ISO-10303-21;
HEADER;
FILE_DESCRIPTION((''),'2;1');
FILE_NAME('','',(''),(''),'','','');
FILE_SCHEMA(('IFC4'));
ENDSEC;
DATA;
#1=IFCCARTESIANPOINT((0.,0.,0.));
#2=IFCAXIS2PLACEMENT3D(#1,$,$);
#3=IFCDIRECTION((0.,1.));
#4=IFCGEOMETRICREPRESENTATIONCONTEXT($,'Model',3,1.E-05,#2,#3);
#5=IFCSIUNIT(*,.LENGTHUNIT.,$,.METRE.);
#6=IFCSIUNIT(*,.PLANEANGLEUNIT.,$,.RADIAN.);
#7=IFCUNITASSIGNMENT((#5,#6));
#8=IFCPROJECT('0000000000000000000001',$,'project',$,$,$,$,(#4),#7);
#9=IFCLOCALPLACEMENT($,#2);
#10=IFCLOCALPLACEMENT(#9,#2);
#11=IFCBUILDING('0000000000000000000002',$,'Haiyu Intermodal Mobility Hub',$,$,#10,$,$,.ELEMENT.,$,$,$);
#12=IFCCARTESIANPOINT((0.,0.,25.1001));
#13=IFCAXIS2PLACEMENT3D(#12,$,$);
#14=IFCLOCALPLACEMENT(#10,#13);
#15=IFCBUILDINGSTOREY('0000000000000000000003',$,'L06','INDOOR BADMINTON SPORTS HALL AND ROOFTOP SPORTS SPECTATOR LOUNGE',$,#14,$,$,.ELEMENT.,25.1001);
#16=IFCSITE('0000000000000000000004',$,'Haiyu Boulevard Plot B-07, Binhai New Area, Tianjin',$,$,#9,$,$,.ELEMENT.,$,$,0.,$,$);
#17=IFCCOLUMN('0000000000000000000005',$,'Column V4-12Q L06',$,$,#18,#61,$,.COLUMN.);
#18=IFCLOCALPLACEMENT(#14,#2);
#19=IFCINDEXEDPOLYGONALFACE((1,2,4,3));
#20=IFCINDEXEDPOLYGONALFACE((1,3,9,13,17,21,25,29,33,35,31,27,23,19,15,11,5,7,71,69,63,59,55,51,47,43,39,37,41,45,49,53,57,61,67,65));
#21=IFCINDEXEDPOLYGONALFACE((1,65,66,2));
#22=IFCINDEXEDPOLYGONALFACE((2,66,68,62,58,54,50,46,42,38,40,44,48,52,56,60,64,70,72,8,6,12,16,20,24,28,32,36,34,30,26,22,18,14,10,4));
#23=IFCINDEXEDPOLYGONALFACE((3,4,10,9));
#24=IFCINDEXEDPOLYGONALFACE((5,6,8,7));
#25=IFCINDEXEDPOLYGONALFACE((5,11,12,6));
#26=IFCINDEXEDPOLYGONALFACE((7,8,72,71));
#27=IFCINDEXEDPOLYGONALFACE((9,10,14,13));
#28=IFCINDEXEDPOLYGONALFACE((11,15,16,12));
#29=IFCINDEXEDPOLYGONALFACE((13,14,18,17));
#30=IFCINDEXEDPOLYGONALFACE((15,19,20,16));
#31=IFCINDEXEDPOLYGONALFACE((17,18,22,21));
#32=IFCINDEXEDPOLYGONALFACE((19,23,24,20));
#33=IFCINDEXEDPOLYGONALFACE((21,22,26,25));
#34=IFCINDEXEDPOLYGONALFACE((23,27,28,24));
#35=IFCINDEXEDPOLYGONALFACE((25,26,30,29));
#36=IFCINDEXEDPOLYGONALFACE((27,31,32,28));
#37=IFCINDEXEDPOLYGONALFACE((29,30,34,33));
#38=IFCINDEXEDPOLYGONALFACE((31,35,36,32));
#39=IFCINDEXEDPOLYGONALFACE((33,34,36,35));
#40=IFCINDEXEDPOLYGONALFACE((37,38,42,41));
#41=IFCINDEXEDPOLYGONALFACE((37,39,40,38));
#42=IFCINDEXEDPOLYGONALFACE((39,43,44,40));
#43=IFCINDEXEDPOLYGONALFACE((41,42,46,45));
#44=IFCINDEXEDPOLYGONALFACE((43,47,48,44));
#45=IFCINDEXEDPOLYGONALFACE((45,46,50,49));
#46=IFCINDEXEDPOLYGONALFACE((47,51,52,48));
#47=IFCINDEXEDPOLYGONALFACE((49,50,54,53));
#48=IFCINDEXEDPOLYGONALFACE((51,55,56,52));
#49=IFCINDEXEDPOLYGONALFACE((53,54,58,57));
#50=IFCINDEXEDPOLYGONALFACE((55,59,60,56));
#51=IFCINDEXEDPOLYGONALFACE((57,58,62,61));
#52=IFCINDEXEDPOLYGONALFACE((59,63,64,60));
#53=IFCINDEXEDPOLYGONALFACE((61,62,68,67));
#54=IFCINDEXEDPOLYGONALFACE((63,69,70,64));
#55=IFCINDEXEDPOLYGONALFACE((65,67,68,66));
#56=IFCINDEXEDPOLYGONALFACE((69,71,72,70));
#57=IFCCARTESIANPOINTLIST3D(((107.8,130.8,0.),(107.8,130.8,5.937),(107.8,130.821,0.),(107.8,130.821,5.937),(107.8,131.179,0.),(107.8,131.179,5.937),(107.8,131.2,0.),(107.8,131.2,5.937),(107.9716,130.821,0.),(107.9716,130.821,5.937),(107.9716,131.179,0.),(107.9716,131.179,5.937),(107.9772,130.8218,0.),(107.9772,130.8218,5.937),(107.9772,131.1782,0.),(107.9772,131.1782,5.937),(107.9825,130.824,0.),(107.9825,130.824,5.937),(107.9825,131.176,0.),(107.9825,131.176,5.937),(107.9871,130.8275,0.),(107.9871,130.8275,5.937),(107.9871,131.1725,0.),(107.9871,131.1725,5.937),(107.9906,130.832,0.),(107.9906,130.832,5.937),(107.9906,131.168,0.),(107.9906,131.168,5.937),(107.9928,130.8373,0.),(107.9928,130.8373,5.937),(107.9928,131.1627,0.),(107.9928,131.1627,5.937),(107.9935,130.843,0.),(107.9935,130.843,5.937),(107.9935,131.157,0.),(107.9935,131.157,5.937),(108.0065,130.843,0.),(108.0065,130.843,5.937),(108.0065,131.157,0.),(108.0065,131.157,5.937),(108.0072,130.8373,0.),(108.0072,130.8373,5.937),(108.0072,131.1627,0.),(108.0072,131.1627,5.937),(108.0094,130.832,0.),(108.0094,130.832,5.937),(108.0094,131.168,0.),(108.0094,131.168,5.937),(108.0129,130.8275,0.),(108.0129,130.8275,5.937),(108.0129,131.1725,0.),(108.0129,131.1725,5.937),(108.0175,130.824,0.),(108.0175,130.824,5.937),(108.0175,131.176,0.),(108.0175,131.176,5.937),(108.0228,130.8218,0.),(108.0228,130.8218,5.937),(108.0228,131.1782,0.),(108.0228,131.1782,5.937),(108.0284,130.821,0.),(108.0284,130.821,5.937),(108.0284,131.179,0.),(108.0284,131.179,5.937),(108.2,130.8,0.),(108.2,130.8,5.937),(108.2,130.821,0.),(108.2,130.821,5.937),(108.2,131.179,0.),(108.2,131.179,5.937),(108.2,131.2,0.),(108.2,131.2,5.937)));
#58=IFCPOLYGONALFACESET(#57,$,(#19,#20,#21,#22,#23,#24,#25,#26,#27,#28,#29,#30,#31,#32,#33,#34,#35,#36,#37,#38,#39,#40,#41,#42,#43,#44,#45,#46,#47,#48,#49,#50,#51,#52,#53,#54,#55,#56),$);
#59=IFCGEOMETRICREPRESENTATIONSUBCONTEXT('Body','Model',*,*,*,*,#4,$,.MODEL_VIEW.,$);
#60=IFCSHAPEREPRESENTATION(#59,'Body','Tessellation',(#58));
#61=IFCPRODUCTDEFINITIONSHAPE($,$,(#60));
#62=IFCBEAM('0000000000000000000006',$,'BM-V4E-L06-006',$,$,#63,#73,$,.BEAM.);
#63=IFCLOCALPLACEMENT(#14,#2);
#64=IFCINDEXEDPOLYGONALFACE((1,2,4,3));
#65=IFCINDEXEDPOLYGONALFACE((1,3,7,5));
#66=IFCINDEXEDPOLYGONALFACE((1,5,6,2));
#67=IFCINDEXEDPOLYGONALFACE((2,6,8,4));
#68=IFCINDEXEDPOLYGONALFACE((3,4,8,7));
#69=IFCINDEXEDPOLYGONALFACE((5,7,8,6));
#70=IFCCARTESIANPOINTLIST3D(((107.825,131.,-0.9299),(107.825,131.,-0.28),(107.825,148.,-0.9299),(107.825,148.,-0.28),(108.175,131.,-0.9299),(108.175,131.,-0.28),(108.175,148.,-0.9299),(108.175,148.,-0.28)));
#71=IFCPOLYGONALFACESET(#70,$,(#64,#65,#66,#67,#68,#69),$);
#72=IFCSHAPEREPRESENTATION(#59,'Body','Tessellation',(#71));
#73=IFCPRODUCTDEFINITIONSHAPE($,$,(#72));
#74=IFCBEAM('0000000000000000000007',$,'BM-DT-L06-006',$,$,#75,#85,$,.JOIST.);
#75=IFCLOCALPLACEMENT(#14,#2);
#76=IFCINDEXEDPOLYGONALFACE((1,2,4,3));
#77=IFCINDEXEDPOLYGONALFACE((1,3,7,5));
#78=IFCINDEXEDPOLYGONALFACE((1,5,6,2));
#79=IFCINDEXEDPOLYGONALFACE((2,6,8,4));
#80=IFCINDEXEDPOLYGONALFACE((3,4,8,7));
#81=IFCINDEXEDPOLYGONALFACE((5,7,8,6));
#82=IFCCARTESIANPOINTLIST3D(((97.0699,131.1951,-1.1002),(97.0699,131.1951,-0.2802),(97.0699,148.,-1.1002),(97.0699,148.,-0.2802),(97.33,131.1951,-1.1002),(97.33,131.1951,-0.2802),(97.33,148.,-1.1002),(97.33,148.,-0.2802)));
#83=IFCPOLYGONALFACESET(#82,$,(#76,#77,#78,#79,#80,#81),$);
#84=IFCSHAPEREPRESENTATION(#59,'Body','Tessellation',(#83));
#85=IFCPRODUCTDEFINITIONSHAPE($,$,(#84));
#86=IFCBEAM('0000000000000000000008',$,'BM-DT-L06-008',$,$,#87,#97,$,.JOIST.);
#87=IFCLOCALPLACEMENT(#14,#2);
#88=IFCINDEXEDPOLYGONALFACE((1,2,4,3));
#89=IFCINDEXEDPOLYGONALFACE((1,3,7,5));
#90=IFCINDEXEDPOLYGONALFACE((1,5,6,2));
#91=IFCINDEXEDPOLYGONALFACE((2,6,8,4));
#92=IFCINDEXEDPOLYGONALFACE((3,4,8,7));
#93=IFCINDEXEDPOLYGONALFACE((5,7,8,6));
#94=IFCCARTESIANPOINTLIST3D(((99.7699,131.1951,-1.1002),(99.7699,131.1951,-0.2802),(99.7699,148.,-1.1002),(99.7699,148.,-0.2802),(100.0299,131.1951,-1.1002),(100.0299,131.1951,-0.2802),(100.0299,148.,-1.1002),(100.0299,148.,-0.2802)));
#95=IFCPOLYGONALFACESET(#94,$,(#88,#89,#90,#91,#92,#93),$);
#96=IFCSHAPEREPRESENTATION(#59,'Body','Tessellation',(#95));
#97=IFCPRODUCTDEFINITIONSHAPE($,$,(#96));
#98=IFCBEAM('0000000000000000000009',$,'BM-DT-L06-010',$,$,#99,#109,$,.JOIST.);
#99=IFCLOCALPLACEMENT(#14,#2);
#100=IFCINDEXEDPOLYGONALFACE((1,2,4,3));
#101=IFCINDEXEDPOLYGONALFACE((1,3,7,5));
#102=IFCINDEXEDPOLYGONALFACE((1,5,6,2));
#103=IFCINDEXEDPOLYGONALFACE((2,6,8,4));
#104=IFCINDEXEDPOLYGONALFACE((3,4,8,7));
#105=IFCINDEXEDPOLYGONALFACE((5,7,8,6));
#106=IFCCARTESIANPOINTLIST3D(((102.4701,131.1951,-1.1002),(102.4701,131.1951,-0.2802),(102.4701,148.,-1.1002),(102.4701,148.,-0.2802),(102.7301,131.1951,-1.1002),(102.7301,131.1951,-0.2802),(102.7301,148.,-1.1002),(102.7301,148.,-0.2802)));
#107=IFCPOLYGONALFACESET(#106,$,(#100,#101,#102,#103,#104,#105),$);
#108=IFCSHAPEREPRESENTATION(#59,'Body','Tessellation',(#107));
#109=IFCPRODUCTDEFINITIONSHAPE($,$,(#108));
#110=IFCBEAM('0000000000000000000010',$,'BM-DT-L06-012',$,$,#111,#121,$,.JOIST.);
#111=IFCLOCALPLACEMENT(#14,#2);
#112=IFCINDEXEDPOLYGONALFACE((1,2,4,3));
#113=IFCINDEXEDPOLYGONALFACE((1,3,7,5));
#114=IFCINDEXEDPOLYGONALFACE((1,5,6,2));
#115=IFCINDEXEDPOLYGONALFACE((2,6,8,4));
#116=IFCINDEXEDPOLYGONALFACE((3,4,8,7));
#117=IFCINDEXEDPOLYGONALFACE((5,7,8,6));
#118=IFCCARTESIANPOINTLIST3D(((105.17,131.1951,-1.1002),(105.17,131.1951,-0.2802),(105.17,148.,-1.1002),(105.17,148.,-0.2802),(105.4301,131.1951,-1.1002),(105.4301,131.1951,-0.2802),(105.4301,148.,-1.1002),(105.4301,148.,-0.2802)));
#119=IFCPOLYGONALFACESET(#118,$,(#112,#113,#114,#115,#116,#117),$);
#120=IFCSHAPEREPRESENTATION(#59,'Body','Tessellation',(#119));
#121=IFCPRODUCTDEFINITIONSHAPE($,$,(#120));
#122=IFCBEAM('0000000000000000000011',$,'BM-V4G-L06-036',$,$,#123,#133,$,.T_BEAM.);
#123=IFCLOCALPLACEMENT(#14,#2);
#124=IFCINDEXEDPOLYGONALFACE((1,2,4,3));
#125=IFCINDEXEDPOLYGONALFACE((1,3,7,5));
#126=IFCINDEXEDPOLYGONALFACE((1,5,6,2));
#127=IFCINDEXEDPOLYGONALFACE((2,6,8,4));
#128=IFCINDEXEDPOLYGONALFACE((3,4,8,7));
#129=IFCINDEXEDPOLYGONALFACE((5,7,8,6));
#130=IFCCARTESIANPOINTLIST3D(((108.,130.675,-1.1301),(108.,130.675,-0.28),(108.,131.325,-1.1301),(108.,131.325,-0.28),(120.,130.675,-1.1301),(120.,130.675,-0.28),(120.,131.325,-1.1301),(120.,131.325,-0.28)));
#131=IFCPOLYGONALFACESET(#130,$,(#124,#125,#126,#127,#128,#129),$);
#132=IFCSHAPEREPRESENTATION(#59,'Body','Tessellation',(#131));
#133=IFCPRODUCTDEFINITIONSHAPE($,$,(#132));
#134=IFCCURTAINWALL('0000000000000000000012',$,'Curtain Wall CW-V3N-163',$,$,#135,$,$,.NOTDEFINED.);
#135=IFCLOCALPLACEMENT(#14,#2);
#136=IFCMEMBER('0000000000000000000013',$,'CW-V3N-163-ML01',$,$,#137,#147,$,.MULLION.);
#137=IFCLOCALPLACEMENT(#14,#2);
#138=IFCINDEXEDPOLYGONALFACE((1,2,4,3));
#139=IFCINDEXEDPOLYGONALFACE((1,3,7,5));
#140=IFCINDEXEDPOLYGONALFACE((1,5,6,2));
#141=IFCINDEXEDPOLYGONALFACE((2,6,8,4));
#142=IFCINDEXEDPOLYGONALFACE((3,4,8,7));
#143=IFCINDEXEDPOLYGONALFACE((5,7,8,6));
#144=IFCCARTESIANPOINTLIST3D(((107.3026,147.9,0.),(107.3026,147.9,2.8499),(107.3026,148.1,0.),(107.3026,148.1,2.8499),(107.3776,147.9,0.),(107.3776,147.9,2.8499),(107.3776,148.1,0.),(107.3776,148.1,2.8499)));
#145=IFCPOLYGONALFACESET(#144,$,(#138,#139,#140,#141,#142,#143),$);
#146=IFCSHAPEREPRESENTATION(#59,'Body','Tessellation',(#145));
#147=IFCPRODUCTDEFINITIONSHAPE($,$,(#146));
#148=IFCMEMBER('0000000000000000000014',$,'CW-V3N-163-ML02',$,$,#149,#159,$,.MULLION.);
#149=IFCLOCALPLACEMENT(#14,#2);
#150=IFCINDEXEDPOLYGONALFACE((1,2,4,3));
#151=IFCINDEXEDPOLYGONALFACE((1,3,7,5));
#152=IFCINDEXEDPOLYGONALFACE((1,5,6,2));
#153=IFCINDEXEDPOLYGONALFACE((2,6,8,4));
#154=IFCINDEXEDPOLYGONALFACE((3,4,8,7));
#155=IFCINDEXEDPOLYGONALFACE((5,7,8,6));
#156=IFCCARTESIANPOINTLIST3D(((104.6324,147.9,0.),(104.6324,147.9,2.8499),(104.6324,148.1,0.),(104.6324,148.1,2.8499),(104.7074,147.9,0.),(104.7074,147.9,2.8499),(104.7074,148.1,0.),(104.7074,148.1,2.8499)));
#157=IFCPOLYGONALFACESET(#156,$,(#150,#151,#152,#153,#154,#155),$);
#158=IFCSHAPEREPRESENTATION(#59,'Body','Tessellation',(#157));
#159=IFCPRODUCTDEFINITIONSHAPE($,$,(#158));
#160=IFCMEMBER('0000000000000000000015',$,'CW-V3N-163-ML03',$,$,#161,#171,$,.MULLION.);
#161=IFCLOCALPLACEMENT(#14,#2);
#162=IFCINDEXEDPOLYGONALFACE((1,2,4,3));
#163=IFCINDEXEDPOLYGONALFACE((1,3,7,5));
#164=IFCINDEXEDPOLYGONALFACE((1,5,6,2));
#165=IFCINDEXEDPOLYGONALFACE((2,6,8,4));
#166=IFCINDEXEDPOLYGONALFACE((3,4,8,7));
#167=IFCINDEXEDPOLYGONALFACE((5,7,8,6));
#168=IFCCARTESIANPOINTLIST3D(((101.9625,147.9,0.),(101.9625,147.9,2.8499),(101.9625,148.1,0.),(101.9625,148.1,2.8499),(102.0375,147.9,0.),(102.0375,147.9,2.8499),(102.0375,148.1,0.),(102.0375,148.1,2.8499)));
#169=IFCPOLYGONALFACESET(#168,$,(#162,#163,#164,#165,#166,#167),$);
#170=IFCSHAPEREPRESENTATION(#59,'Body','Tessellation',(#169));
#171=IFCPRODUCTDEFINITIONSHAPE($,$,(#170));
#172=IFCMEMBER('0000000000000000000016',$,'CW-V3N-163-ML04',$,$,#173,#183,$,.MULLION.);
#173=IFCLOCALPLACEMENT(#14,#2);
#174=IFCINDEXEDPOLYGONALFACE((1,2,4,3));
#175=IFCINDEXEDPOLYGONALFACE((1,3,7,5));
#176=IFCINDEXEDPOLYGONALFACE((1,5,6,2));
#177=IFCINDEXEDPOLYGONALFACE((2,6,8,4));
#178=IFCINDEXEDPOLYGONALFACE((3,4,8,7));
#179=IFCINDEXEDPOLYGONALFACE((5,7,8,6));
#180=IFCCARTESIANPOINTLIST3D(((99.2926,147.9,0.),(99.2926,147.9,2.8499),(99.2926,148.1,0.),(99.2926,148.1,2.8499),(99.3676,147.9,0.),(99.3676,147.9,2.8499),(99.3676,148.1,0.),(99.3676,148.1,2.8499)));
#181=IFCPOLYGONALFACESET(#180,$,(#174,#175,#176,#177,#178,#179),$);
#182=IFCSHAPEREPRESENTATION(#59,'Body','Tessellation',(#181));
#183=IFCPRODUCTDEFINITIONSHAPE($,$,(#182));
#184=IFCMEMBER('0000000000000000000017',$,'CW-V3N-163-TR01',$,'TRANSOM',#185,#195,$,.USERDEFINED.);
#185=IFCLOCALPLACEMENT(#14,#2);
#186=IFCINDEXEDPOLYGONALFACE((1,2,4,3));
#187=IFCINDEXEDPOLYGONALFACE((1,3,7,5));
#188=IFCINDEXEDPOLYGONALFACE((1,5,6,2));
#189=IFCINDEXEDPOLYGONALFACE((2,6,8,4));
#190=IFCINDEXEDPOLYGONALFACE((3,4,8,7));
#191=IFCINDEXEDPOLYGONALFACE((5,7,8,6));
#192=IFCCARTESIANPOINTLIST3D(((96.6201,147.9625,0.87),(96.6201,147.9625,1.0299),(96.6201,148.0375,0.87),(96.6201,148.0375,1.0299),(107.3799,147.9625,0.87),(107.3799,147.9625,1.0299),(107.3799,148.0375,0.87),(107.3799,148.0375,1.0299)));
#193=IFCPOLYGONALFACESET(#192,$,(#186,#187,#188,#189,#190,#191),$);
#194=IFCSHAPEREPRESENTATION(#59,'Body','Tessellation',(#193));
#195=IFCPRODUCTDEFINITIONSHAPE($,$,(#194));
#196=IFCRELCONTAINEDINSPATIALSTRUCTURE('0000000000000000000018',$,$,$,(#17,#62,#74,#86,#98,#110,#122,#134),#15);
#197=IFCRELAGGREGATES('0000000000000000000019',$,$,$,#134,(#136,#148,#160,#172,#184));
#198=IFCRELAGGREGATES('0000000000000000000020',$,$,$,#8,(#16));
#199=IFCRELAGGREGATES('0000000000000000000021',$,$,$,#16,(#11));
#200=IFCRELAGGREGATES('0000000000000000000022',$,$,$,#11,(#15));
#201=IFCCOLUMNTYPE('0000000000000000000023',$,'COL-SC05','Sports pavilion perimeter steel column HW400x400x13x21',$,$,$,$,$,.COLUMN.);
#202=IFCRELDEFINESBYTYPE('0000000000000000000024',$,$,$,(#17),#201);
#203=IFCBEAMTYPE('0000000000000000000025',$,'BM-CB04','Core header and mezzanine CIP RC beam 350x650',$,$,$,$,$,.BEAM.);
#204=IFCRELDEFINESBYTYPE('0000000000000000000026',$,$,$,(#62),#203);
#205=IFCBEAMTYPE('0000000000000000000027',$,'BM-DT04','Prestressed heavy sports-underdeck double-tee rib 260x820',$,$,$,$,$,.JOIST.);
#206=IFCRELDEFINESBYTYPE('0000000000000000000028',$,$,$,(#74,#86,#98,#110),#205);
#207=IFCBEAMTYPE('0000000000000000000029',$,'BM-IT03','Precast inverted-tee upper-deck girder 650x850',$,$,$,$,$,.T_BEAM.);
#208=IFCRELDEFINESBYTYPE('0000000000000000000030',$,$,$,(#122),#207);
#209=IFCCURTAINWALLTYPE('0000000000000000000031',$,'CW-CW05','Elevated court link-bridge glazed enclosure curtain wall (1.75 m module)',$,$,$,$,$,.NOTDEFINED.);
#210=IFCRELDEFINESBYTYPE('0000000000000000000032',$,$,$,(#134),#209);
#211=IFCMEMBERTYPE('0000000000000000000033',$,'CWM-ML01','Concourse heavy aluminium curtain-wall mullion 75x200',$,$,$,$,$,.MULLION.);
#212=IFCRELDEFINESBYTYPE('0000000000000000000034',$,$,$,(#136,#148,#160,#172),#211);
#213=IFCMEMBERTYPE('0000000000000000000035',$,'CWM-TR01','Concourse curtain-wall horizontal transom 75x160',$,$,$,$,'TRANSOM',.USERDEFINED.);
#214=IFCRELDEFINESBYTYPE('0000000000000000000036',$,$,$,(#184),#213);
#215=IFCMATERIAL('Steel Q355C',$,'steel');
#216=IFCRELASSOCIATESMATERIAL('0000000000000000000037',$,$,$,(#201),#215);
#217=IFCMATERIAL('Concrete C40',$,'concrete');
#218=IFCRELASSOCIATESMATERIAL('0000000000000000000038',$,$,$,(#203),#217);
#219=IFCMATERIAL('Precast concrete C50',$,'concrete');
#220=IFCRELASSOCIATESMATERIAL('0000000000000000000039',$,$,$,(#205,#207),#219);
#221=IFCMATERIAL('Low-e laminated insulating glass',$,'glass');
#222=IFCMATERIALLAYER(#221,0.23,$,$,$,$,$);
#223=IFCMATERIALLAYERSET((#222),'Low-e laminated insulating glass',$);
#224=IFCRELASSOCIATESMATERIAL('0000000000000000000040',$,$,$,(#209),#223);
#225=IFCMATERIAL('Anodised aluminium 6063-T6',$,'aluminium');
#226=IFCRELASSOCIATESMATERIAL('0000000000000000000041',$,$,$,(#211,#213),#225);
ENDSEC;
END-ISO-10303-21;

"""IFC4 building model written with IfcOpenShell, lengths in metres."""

from ifc_helpers import new_model, si_unit, direction, frame, origin, origin_2d, place, context, subcontext, project, spatial, rectangle, i_section, extrude, material, layer, layer_set, material_profile, profile_set, type_object, element, aggregate, save


model = new_model("IFC4")

# Units and contexts
model_context = context("Model", 3, precision=1e-05, world=origin(), true_north=direction((0.0, 1.0)))
body_context = subcontext(model_context, "Body", "Model", "MODEL_VIEW")
ifc_project = project(units=[si_unit("LENGTHUNIT", "METRE"), si_unit("PLANEANGLEUNIT", "RADIAN")], contexts=[model_context])

# Site, building, storey
site_placement = place(None, origin())
site = spatial("IfcSite", under=ifc_project, at=site_placement, Name="Haiyu Boulevard Plot B-07, Binhai New Area, Tianjin", CompositionType="ELEMENT", RefElevation=0.0)
building_placement = place(site_placement, origin())
building = spatial("IfcBuilding", under=site, at=building_placement, Name="Haiyu Intermodal Mobility Hub", CompositionType="ELEMENT")
storey_placement = place(building_placement, frame((0.0, 0.0, 25.1001)))
storey = spatial("IfcBuildingStorey", under=building, at=storey_placement, Name="L06", Description="INDOOR BADMINTON SPORTS HALL AND ROOFTOP SPORTS SPECTATOR LOUNGE", CompositionType="ELEMENT", Elevation=25.1001)

# Column
ifc_material_1 = material(Name="Steel Q355C", Category="steel")
ifc_material_profile_1 = material_profile(ifc_material_1, i_section(OverallWidth=0.3999, OverallDepth=0.3999, WebThickness=0.0129, FlangeThickness=0.021, FilletRadius=0.022, at=origin_2d()), Name="HW400x400x13x21")
ifc_profile_set_1 = profile_set([ifc_material_profile_1], Name="Steel Q355C")
column_type = type_object("IfcColumnType", Name="COL-SC05", Description="Sports pavilion perimeter steel column HW400x400x13x21", PredefinedType="COLUMN", material=ifc_profile_set_1)
column_placement = place(storey_placement, frame((108.0, 131.0, 0.0), z_axis=(0.0, 0.0, 1.0), x_axis=(1.0, 0.0, 0.0)))
element("IfcColumn", 1, at=column_placement, inside=storey, type_object=column_type, Name="Column V4-12Q L06", PredefinedType="COLUMN", context=body_context, shape_type="SweptSolid", body=[
    extrude(i_section(OverallWidth=0.3999, OverallDepth=0.3999, WebThickness=0.0129, FlangeThickness=0.021, FilletRadius=0.022, at=origin_2d()), origin(), (0.0, 0.0, 1.0), 5.937),
])

# Beams
ifc_material_2 = material(Name="Concrete C40", Category="concrete")
ifc_material_profile_2 = material_profile(ifc_material_2, rectangle(XDim=0.3501, YDim=0.6499, at=origin_2d()), Name="RCB350x650")
ifc_profile_set_2 = profile_set([ifc_material_profile_2], Name="Concrete C40")
beam_type_1 = type_object("IfcBeamType", Name="BM-CB04", Description="Core header and mezzanine CIP RC beam 350x650", PredefinedType="BEAM", material=ifc_profile_set_2)
beam_1_placement = place(storey_placement, frame((108.0, 131.0, -0.605), z_axis=(0.0, 1.0, 0.0), x_axis=(-1.0, 0.0, 0.0)))
element("IfcBeam", 2, at=beam_1_placement, inside=storey, type_object=beam_type_1, Name="BM-V4E-L06-006", PredefinedType="BEAM", context=body_context, shape_type="SweptSolid", body=[
    extrude(rectangle(XDim=0.3501, YDim=0.6499, at=origin_2d()), origin(), (0.0, 0.0, 1.0), 17.0),
])
ifc_material_3 = material(Name="Precast concrete C50", Category="concrete")
ifc_material_profile_3 = material_profile(ifc_material_3, rectangle(XDim=0.26, YDim=0.8201, at=origin_2d()), Name="PC260x820")
ifc_profile_set_3 = profile_set([ifc_material_profile_3], Name="Precast concrete C50")
beam_type_2 = type_object("IfcBeamType", Name="BM-DT04", Description="Prestressed heavy sports-underdeck double-tee rib 260x820", PredefinedType="JOIST", material=ifc_profile_set_3)
for number, where, z_axis, x_axis, name in (
    (3, (97.2, 131.1951, -0.6902), (0.0, 1.0, 0.0), (-1.0, 0.0, 0.0), "BM-DT-L06-006"),
    (4, (99.8999, 131.1951, -0.6902), (0.0, 1.0, 0.0), (-1.0, 0.0, 0.0), "BM-DT-L06-008"),
    (5, (102.6001, 131.1951, -0.6902), (0.0, 1.0, 0.0), (-1.0, 0.0, 0.0), "BM-DT-L06-010"),
    (6, (105.3, 131.1951, -0.6902), (0.0, 1.0, 0.0), (-1.0, 0.0, 0.0), "BM-DT-L06-012"),
):
    element("IfcBeam", number, at=place(storey_placement, frame(where, z_axis=z_axis, x_axis=x_axis)), inside=storey, type_object=beam_type_2, Name=name, PredefinedType="JOIST", context=body_context, shape_type="SweptSolid", body=[
        extrude(rectangle(XDim=0.26, YDim=0.8201, at=origin_2d()), origin(), (0.0, 0.0, 1.0), 16.8049),
    ])
ifc_material_profile_4 = material_profile(ifc_material_3, rectangle(XDim=0.6499, YDim=0.8501, at=origin_2d()), Name="PC650x850")
ifc_profile_set_4 = profile_set([ifc_material_profile_4], Name="Precast concrete C50")
beam_type_3 = type_object("IfcBeamType", Name="BM-IT03", Description="Precast inverted-tee upper-deck girder 650x850", PredefinedType="T_BEAM", material=ifc_profile_set_4)
beam_2_placement = place(storey_placement, frame((108.0, 131.0, -0.7051), z_axis=(1.0, 0.0, 0.0), x_axis=(0.0, 1.0, 0.0)))
element("IfcBeam", 7, at=beam_2_placement, inside=storey, type_object=beam_type_3, Name="BM-V4G-L06-036", PredefinedType="T_BEAM", context=body_context, shape_type="SweptSolid", body=[
    extrude(rectangle(XDim=0.6499, YDim=0.8501, at=origin_2d()), origin(), (0.0, 0.0, 1.0), 12.0),
])

# Curtain wall, members
ifc_material_4 = material(Name="Low-e laminated insulating glass", Category="glass")
ifc_layer_1 = layer(ifc_material_4, 0.23)
ifc_layer_set_1 = layer_set([ifc_layer_1], Name="Low-e laminated insulating glass")
curtain_wall_type = type_object("IfcCurtainWallType", Name="CW-CW05", Description="Elevated court link-bridge glazed enclosure curtain wall (1.75 m module)", PredefinedType="NOTDEFINED", material=ifc_layer_set_1)
curtain_wall_placement = place(storey_placement, origin())
curtain_wall = element("IfcCurtainWall", 8, at=curtain_wall_placement, inside=storey, type_object=curtain_wall_type, Name="Curtain Wall CW-V3N-163", PredefinedType="NOTDEFINED")
ifc_material_5 = material(Name="Anodised aluminium 6063-T6", Category="aluminium")
ifc_material_profile_5 = material_profile(ifc_material_5, rectangle(XDim=0.075, YDim=0.2, at=origin_2d()), Name="ALU75x200")
ifc_profile_set_5 = profile_set([ifc_material_profile_5], Name="Anodised aluminium 6063-T6")
member_type_1 = type_object("IfcMemberType", Name="CWM-ML01", Description="Concourse heavy aluminium curtain-wall mullion 75x200", PredefinedType="MULLION", material=ifc_profile_set_5)
member_1_placement = place(storey_placement, frame((107.3401, 148.0, 0.0), z_axis=(0.0, 0.0, 1.0), x_axis=(1.0, 0.0, 0.0)))
member_1 = element("IfcMember", 9, at=member_1_placement, type_object=member_type_1, Name="CW-V3N-163-ML01", PredefinedType="MULLION", context=body_context, shape_type="SweptSolid", body=[
    extrude(rectangle(XDim=0.075, YDim=0.2, at=origin_2d()), origin(), (0.0, 0.0, 1.0), 2.8499),
])
member_2_placement = place(storey_placement, frame((104.6699, 148.0, 0.0), z_axis=(0.0, 0.0, 1.0), x_axis=(1.0, 0.0, 0.0)))
member_2 = element("IfcMember", 10, at=member_2_placement, type_object=member_type_1, Name="CW-V3N-163-ML02", PredefinedType="MULLION", context=body_context, shape_type="SweptSolid", body=[
    extrude(rectangle(XDim=0.075, YDim=0.2, at=origin_2d()), origin(), (0.0, 0.0, 1.0), 2.8499),
])
member_3_placement = place(storey_placement, frame((102.0, 148.0, 0.0), z_axis=(0.0, 0.0, 1.0), x_axis=(1.0, 0.0, 0.0)))
member_3 = element("IfcMember", 11, at=member_3_placement, type_object=member_type_1, Name="CW-V3N-163-ML03", PredefinedType="MULLION", context=body_context, shape_type="SweptSolid", body=[
    extrude(rectangle(XDim=0.075, YDim=0.2, at=origin_2d()), origin(), (0.0, 0.0, 1.0), 2.8499),
])
member_4_placement = place(storey_placement, frame((99.3301, 148.0, 0.0), z_axis=(0.0, 0.0, 1.0), x_axis=(1.0, 0.0, 0.0)))
member_4 = element("IfcMember", 12, at=member_4_placement, type_object=member_type_1, Name="CW-V3N-163-ML04", PredefinedType="MULLION", context=body_context, shape_type="SweptSolid", body=[
    extrude(rectangle(XDim=0.075, YDim=0.2, at=origin_2d()), origin(), (0.0, 0.0, 1.0), 2.8499),
])
ifc_material_profile_6 = material_profile(ifc_material_5, rectangle(XDim=0.075, YDim=0.1599, at=origin_2d()), Name="ALU75x160")
ifc_profile_set_6 = profile_set([ifc_material_profile_6], Name="Anodised aluminium 6063-T6")
member_type_2 = type_object("IfcMemberType", Name="CWM-TR01", Description="Concourse curtain-wall horizontal transom 75x160", ElementType="TRANSOM", PredefinedType="USERDEFINED", material=ifc_profile_set_6)
member_5_placement = place(storey_placement, frame((107.3799, 148.0, 0.95), z_axis=(-1.0, 0.0, 0.0), x_axis=(0.0, -1.0, 0.0)))
member_5 = element("IfcMember", 13, at=member_5_placement, type_object=member_type_2, Name="CW-V3N-163-TR01", ObjectType="TRANSOM", PredefinedType="USERDEFINED", context=body_context, shape_type="SweptSolid", body=[
    extrude(rectangle(XDim=0.075, YDim=0.1599, at=origin_2d()), origin(), (0.0, 0.0, 1.0), 10.7598),
])

aggregate(curtain_wall, [member_1, member_2, member_3, member_4, member_5])

save(model, "model.ifc")
